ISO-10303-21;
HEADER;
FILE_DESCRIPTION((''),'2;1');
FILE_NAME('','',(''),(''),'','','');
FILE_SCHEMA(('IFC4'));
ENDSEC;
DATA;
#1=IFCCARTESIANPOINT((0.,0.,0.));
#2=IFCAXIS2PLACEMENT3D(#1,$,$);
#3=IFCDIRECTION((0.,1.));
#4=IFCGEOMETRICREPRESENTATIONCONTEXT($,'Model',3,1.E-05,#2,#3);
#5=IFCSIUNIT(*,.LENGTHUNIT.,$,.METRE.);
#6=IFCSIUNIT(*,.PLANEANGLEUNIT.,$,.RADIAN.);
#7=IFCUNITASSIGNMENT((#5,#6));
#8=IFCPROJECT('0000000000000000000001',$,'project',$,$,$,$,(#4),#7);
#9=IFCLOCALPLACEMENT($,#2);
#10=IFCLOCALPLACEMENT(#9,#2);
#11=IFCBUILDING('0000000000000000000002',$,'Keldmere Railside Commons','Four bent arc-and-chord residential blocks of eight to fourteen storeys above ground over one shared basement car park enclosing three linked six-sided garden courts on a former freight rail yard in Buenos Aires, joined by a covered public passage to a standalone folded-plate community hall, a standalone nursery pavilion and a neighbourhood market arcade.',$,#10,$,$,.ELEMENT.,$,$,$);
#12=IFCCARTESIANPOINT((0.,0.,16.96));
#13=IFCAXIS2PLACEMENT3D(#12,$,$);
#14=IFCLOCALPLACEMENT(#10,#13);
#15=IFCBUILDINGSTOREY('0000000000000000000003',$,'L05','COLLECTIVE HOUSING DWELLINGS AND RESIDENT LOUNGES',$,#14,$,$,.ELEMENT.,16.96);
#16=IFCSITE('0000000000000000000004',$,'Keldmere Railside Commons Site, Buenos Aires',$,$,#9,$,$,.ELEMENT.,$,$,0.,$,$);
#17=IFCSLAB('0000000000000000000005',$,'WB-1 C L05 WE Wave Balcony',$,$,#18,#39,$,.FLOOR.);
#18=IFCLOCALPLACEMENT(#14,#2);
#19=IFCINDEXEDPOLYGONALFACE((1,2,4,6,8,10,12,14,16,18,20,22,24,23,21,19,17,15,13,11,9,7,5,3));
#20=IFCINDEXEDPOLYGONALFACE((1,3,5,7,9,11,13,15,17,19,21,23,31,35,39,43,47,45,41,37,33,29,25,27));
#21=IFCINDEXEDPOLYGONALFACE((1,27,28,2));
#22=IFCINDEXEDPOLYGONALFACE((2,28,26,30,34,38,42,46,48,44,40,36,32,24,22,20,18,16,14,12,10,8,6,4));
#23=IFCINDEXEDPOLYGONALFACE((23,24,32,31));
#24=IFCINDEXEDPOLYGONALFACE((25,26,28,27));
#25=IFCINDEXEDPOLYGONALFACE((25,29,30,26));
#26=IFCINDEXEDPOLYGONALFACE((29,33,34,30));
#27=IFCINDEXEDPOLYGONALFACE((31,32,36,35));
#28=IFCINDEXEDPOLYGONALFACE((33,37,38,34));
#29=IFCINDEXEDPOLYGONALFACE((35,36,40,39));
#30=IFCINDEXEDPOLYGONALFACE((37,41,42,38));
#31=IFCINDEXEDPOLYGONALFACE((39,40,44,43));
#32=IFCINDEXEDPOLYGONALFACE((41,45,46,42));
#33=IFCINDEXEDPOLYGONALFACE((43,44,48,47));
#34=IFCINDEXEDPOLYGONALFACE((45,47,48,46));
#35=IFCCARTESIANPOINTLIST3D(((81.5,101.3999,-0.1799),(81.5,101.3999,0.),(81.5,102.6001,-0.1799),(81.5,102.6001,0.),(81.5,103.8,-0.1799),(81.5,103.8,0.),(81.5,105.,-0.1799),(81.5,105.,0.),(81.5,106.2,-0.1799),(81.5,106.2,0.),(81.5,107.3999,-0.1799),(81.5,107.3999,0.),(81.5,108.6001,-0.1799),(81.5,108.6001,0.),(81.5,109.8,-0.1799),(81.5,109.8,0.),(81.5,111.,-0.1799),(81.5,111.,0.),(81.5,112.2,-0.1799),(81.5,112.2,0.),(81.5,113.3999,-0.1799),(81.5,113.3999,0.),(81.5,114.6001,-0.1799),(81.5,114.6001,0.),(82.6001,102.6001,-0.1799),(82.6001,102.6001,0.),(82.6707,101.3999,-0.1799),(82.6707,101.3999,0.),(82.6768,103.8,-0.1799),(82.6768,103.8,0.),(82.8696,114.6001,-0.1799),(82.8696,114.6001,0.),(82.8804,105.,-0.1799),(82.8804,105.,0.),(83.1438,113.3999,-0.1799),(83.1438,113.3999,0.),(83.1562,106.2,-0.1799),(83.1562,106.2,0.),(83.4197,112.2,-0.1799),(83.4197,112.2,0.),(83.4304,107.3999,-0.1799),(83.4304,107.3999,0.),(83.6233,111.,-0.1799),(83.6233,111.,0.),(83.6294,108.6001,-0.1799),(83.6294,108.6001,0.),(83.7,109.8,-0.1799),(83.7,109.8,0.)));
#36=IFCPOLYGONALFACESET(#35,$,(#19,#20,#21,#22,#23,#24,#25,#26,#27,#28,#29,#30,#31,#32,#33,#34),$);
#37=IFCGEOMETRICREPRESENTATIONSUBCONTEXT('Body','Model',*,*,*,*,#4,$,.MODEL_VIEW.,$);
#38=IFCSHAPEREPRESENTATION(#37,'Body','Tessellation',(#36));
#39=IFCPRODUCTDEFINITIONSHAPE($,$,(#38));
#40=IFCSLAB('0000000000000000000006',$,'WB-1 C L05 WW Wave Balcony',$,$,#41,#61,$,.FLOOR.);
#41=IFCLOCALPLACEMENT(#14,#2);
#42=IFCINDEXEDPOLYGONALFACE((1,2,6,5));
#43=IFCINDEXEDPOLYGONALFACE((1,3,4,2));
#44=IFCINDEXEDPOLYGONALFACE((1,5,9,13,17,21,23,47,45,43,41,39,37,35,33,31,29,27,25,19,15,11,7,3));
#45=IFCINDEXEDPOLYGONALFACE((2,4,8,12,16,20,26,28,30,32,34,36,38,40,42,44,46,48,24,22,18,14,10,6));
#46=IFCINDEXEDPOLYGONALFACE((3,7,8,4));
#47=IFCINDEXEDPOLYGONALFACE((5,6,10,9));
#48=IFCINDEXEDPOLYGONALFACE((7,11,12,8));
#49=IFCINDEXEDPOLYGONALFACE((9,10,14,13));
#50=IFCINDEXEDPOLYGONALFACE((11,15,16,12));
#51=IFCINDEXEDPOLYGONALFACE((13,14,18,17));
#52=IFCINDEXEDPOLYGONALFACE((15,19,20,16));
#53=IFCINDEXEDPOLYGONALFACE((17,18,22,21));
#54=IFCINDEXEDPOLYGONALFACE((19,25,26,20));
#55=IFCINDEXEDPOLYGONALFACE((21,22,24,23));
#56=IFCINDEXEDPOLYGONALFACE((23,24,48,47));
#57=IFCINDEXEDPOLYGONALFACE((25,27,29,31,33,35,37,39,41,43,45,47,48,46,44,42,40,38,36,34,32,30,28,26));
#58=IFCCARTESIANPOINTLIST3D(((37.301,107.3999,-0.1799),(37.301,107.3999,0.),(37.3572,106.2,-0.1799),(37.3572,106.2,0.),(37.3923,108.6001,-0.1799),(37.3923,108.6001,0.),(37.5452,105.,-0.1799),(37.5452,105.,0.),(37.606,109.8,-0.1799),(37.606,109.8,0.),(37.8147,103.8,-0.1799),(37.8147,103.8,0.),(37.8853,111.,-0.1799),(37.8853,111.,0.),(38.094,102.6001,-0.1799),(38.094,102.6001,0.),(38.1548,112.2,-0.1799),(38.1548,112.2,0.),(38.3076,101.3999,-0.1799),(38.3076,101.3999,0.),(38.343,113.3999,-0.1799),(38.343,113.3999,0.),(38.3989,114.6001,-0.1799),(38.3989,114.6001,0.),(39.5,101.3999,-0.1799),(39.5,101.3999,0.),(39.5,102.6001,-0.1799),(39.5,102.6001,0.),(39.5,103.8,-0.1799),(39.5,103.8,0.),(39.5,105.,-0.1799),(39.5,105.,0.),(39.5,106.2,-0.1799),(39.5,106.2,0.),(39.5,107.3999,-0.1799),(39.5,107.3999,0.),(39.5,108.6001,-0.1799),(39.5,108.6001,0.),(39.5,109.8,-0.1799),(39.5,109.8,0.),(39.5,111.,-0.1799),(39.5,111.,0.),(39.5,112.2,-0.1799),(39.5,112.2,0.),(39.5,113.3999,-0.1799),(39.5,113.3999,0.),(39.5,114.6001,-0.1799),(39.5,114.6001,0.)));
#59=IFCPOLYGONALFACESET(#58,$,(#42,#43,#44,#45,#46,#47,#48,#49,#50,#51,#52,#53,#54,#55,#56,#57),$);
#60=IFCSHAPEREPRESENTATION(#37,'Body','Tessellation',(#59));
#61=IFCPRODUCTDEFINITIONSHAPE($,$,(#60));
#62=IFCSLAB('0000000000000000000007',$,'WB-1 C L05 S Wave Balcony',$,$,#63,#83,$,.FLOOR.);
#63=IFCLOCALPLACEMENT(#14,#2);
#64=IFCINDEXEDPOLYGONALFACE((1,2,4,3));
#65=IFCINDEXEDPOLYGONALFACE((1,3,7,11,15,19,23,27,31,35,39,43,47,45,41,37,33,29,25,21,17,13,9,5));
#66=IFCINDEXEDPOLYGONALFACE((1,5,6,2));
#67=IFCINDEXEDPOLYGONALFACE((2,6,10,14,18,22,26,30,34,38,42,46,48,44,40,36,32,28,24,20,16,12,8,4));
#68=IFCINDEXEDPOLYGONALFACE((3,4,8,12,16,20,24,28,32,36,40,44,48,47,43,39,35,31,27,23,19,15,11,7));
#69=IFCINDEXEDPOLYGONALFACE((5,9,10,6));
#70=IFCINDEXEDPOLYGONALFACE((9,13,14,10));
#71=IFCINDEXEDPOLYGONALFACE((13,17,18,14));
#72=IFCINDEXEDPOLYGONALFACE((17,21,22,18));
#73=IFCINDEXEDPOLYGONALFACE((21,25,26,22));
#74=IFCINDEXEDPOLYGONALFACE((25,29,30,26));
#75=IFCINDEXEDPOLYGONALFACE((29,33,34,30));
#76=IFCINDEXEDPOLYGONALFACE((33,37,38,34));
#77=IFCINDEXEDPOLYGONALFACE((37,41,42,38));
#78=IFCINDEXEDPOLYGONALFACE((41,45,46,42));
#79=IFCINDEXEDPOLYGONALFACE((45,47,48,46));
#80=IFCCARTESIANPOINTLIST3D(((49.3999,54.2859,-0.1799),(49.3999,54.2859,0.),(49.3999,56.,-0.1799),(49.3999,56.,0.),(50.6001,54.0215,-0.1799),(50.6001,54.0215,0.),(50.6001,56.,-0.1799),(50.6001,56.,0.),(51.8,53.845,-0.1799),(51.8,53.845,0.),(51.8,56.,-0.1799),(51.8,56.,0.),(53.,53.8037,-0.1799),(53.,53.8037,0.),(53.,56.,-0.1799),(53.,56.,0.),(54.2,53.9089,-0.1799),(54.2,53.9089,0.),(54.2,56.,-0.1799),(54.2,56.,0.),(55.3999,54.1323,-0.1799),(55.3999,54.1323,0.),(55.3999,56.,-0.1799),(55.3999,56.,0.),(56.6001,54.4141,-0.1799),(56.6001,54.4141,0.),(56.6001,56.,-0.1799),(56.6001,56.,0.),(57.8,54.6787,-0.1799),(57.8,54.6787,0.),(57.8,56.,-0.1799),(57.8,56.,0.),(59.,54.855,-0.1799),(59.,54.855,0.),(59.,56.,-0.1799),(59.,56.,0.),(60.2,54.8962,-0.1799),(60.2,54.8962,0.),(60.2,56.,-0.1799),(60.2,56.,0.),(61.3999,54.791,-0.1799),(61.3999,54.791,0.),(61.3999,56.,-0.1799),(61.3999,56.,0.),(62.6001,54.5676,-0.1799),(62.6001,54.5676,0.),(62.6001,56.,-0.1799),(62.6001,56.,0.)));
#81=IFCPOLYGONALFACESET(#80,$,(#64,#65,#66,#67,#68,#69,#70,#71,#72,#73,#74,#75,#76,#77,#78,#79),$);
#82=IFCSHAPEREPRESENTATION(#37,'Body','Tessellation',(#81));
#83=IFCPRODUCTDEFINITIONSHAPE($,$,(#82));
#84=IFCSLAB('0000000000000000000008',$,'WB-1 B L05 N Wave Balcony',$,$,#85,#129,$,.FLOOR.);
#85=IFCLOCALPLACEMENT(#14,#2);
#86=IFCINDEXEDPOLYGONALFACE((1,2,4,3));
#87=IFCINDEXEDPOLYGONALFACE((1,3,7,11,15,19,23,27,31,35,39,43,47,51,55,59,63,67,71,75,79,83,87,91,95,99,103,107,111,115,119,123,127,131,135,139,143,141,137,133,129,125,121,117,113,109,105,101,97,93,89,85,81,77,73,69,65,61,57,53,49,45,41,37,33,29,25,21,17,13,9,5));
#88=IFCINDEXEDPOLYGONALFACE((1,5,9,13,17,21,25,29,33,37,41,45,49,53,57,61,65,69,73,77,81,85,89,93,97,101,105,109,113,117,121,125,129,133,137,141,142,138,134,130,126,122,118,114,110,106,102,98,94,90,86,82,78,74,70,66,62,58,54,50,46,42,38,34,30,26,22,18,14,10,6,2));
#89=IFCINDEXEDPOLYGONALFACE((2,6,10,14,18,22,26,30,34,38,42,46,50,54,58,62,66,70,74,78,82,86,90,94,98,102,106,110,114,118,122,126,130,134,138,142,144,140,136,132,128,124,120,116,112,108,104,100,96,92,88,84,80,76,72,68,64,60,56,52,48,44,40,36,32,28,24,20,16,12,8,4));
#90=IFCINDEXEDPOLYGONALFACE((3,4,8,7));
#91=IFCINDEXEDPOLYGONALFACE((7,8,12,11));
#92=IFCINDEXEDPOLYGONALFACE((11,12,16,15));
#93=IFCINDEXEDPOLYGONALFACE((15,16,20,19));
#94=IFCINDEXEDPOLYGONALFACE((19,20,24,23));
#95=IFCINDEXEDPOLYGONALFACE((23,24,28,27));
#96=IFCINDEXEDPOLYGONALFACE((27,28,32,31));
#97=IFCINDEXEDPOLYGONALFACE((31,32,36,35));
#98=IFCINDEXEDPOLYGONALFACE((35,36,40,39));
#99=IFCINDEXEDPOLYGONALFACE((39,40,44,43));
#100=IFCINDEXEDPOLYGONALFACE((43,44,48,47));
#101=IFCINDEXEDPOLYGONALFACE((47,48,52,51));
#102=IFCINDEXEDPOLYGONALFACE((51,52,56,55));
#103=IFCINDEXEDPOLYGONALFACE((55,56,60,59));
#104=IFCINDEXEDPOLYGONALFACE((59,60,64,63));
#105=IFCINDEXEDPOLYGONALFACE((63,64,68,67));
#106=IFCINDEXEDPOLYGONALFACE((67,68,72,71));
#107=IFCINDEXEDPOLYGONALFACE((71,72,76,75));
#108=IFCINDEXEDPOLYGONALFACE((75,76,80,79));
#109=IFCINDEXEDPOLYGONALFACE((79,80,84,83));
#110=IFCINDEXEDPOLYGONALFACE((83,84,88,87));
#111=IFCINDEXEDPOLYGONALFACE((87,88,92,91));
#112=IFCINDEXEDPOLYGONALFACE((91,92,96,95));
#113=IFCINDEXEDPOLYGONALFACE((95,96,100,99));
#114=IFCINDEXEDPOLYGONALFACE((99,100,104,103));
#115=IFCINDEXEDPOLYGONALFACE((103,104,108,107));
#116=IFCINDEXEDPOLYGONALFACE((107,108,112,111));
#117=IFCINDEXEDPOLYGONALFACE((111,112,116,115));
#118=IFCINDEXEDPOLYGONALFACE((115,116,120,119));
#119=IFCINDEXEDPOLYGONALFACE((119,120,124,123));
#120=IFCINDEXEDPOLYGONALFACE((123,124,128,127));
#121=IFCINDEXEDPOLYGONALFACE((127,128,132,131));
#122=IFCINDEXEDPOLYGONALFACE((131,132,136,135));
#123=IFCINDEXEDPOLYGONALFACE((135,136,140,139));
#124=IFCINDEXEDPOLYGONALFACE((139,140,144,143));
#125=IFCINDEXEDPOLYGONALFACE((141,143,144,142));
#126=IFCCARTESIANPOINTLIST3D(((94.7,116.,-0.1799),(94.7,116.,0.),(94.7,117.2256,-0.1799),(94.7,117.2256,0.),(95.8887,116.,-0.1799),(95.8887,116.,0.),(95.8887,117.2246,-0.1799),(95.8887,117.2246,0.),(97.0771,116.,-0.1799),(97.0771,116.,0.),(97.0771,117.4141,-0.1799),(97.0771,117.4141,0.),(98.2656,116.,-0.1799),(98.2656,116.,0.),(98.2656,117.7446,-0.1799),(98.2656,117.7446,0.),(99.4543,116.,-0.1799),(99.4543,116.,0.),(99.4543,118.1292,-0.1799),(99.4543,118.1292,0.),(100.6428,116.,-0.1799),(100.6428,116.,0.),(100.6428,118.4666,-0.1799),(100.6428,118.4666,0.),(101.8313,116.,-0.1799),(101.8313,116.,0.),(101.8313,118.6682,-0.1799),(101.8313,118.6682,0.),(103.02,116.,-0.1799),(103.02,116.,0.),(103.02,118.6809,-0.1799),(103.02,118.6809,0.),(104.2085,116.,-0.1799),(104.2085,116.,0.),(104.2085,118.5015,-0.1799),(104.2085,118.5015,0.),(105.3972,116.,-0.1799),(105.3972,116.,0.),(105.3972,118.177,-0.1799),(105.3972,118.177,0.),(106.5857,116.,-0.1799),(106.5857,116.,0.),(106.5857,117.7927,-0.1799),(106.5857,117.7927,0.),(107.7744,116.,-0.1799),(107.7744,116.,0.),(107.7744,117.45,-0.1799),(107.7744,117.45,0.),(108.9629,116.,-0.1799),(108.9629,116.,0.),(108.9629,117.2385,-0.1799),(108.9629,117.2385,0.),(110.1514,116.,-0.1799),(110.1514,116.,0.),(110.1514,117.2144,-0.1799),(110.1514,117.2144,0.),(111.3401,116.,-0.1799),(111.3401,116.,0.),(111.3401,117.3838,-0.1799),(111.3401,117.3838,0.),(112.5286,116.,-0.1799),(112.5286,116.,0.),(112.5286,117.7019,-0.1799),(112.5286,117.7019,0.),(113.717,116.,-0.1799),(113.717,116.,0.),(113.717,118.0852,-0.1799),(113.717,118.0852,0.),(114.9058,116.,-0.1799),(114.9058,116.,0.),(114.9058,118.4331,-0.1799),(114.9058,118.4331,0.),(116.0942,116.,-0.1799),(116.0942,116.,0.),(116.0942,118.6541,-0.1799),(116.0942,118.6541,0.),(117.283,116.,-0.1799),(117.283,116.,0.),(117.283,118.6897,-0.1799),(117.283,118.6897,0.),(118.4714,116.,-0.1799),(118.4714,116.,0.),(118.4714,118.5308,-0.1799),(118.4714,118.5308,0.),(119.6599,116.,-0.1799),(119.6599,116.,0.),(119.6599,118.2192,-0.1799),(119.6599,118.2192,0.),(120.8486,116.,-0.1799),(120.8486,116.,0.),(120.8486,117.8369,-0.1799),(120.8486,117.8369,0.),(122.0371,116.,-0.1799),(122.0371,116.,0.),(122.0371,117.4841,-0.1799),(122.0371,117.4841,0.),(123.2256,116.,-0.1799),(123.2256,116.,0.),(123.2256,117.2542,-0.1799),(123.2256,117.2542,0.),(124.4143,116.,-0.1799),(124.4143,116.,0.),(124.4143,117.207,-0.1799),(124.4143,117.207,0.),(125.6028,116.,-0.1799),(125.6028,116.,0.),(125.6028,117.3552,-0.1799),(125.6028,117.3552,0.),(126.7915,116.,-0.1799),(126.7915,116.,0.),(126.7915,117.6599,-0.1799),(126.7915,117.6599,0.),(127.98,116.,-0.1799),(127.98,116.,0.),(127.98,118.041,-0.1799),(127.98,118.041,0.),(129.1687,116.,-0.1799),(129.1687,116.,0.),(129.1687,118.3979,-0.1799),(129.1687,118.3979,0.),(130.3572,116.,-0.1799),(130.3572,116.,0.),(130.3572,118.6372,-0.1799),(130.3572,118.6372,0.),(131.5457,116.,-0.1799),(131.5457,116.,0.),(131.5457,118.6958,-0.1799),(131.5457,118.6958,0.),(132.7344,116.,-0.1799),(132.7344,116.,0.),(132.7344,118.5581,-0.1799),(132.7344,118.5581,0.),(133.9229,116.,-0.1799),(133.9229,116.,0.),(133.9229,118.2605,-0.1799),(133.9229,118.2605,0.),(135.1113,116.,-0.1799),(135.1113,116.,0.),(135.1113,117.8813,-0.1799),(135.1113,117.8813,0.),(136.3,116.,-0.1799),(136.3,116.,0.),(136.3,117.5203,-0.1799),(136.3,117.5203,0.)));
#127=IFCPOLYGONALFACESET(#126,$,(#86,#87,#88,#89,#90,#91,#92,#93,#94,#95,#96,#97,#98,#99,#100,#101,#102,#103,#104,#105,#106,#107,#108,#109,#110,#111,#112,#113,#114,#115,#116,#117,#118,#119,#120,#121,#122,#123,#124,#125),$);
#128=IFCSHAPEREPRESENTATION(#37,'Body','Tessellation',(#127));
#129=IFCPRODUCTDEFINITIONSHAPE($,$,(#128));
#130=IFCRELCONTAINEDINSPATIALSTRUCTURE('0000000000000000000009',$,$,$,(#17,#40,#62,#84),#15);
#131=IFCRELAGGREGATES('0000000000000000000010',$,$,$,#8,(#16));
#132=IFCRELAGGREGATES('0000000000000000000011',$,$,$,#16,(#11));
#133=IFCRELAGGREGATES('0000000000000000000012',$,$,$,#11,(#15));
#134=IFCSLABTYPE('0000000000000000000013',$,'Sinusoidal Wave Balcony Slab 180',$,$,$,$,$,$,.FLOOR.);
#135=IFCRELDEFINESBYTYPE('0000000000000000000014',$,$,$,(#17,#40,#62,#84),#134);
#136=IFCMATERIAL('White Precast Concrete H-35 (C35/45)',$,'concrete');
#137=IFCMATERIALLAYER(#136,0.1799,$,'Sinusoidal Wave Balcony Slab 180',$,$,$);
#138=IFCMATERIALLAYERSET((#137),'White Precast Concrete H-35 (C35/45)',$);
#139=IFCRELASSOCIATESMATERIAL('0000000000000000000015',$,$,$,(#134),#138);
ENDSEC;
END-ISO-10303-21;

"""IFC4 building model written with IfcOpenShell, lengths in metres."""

from ifc_helpers import new_model, si_unit, direction, frame, origin, place, context, subcontext, project, spatial, polyline, outline, extrude, material, layer, layer_set, type_object, element, save


model = new_model("IFC4")

# Units and contexts
model_context = context("Model", 3, precision=1e-05, world=origin(), true_north=direction((0.0, 1.0)))
body_context = subcontext(model_context, "Body", "Model", "MODEL_VIEW")
ifc_project = project(units=[si_unit("LENGTHUNIT", "METRE"), si_unit("PLANEANGLEUNIT", "RADIAN")], contexts=[model_context])

# Site, building, storey
site_placement = place(None, origin())
site = spatial("IfcSite", under=ifc_project, at=site_placement, Name="Keldmere Railside Commons Site, Buenos Aires", CompositionType="ELEMENT", RefElevation=0.0)
building_placement = place(site_placement, origin())
building = spatial("IfcBuilding", under=site, at=building_placement, Name="Keldmere Railside Commons", Description="Four bent arc-and-chord residential blocks of eight to fourteen storeys above ground over one shared basement car park enclosing three linked six-sided garden courts on a former freight rail yard in Buenos Aires, joined by a covered public passage to a standalone folded-plate community hall, a standalone nursery pavilion and a neighbourhood market arcade.", CompositionType="ELEMENT")
storey_placement = place(building_placement, frame((0.0, 0.0, 16.96)))
storey = spatial("IfcBuildingStorey", under=building, at=storey_placement, Name="L05", Description="COLLECTIVE HOUSING DWELLINGS AND RESIDENT LOUNGES", CompositionType="ELEMENT", Elevation=16.96)

# Slabs
ifc_material_1 = material(Name="White Precast Concrete H-35 (C35/45)", Category="concrete")
ifc_layer_1 = layer(ifc_material_1, 0.1799, Name="Sinusoidal Wave Balcony Slab 180")
ifc_layer_set_1 = layer_set([ifc_layer_1], Name="White Precast Concrete H-35 (C35/45)")
slab_type_1 = type_object("IfcSlabType", Name="Sinusoidal Wave Balcony Slab 180", PredefinedType="FLOOR", material=ifc_layer_set_1)
slab_1_placement = place(storey_placement, frame((0.0, 0.0, -0.1799)))
element("IfcSlab", 1, at=slab_1_placement, inside=storey, type_object=slab_type_1, Name="WB-1 C L05 WE Wave Balcony", PredefinedType="FLOOR", context=body_context, shape_type="SweptSolid", body=[
    extrude(outline(polyline([(82.6707, 101.3999), (82.6001, 102.6001), (82.6768, 103.8), (82.8804, 105.0), (83.1562, 106.2), (83.4304, 107.3999), (83.6294, 108.6001), (83.7, 109.8), (83.6233, 111.0), (83.4197, 112.2), (83.1438, 113.3999), (82.8696, 114.6001), (81.5, 114.6001), (81.5, 113.3999), (81.5, 112.2), (81.5, 111.0), (81.5, 109.8), (81.5, 108.6001), (81.5, 107.3999), (81.5, 106.2), (81.5, 105.0), (81.5, 103.8), (81.5, 102.6001), (81.5, 101.3999), (82.6707, 101.3999)])), origin(), (0.0, 0.0, 1.0), 0.1799),
])
slab_2_placement = place(storey_placement, frame((0.0, 0.0, -0.1799)))
element("IfcSlab", 2, at=slab_2_placement, inside=storey, type_object=slab_type_1, Name="WB-1 C L05 WW Wave Balcony", PredefinedType="FLOOR", context=body_context, shape_type="SweptSolid", body=[
    extrude(outline(polyline([(39.5, 101.3999), (39.5, 102.6001), (39.5, 103.8), (39.5, 105.0), (39.5, 106.2), (39.5, 107.3999), (39.5, 108.6001), (39.5, 109.8), (39.5, 111.0), (39.5, 112.2), (39.5, 113.3999), (39.5, 114.6001), (38.3989, 114.6001), (38.343, 113.3999), (38.1548, 112.2), (37.8853, 111.0), (37.606, 109.8), (37.3923, 108.6001), (37.301, 107.3999), (37.3572, 106.2), (37.5452, 105.0), (37.8147, 103.8), (38.094, 102.6001), (38.3076, 101.3999), (39.5, 101.3999)])), origin(), (0.0, 0.0, 1.0), 0.1799),
])
slab_3_placement = place(storey_placement, frame((0.0, 0.0, -0.1799)))
element("IfcSlab", 3, at=slab_3_placement, inside=storey, type_object=slab_type_1, Name="WB-1 C L05 S Wave Balcony", PredefinedType="FLOOR", context=body_context, shape_type="SweptSolid", body=[
    extrude(outline(polyline([(49.3999, 54.2859), (50.6001, 54.0215), (51.8, 53.845), (53.0, 53.8037), (54.2, 53.9089), (55.3999, 54.1323), (56.6001, 54.4141), (57.8, 54.6787), (59.0, 54.855), (60.2, 54.8962), (61.3999, 54.791), (62.6001, 54.5676), (62.6001, 56.0), (61.3999, 56.0), (60.2, 56.0), (59.0, 56.0), (57.8, 56.0), (56.6001, 56.0), (55.3999, 56.0), (54.2, 56.0), (53.0, 56.0), (51.8, 56.0), (50.6001, 56.0), (49.3999, 56.0), (49.3999, 54.2859)])), origin(), (0.0, 0.0, 1.0), 0.1799),
])
slab_4_placement = place(storey_placement, frame((0.0, 0.0, -0.1799)))
element("IfcSlab", 4, at=slab_4_placement, inside=storey, type_object=slab_type_1, Name="WB-1 B L05 N Wave Balcony", PredefinedType="FLOOR", context=body_context, shape_type="SweptSolid", body=[
    extrude(outline(polyline([(94.7, 116.0), (95.8887, 116.0), (97.0771, 116.0), (98.2656, 116.0), (99.4543, 116.0), (100.6428, 116.0), (101.8313, 116.0), (103.02, 116.0), (104.2085, 116.0), (105.3972, 116.0), (106.5857, 116.0), (107.7744, 116.0), (108.9629, 116.0), (110.1514, 116.0), (111.3401, 116.0), (112.5286, 116.0), (113.717, 116.0), (114.9058, 116.0), (116.0942, 116.0), (117.283, 116.0), (118.4714, 116.0), (119.6599, 116.0), (120.8486, 116.0), (122.0371, 116.0), (123.2256, 116.0), (124.4143, 116.0), (125.6028, 116.0), (126.7915, 116.0), (127.98, 116.0), (129.1687, 116.0), (130.3572, 116.0), (131.5457, 116.0), (132.7344, 116.0), (133.9229, 116.0), (135.1113, 116.0), (136.3, 116.0), (136.3, 117.5203), (135.1113, 117.8813), (133.9229, 118.2605), (132.7344, 118.5581), (131.5457, 118.6958), (130.3572, 118.6372), (129.1687, 118.3979), (127.98, 118.041), (126.7915, 117.6599), (125.6028, 117.3552), (124.4143, 117.207), (123.2256, 117.2542), (122.0371, 117.4841), (120.8486, 117.8369), (119.6599, 118.2192), (118.4714, 118.5308), (117.283, 118.6897), (116.0942, 118.6541), (114.9058, 118.4331), (113.717, 118.0852), (112.5286, 117.7019), (111.3401, 117.3838), (110.1514, 117.2144), (108.9629, 117.2385), (107.7744, 117.45), (106.5857, 117.7927), (105.3972, 118.177), (104.2085, 118.5015), (103.02, 118.6809), (101.8313, 118.6682), (100.6428, 118.4666), (99.4543, 118.1292), (98.2656, 117.7446), (97.0771, 117.4141), (95.8887, 117.2246), (94.7, 117.2256), (94.7, 116.0)])), origin(), (0.0, 0.0, 1.0), 0.1799),
])

save(model, "model.ifc")
